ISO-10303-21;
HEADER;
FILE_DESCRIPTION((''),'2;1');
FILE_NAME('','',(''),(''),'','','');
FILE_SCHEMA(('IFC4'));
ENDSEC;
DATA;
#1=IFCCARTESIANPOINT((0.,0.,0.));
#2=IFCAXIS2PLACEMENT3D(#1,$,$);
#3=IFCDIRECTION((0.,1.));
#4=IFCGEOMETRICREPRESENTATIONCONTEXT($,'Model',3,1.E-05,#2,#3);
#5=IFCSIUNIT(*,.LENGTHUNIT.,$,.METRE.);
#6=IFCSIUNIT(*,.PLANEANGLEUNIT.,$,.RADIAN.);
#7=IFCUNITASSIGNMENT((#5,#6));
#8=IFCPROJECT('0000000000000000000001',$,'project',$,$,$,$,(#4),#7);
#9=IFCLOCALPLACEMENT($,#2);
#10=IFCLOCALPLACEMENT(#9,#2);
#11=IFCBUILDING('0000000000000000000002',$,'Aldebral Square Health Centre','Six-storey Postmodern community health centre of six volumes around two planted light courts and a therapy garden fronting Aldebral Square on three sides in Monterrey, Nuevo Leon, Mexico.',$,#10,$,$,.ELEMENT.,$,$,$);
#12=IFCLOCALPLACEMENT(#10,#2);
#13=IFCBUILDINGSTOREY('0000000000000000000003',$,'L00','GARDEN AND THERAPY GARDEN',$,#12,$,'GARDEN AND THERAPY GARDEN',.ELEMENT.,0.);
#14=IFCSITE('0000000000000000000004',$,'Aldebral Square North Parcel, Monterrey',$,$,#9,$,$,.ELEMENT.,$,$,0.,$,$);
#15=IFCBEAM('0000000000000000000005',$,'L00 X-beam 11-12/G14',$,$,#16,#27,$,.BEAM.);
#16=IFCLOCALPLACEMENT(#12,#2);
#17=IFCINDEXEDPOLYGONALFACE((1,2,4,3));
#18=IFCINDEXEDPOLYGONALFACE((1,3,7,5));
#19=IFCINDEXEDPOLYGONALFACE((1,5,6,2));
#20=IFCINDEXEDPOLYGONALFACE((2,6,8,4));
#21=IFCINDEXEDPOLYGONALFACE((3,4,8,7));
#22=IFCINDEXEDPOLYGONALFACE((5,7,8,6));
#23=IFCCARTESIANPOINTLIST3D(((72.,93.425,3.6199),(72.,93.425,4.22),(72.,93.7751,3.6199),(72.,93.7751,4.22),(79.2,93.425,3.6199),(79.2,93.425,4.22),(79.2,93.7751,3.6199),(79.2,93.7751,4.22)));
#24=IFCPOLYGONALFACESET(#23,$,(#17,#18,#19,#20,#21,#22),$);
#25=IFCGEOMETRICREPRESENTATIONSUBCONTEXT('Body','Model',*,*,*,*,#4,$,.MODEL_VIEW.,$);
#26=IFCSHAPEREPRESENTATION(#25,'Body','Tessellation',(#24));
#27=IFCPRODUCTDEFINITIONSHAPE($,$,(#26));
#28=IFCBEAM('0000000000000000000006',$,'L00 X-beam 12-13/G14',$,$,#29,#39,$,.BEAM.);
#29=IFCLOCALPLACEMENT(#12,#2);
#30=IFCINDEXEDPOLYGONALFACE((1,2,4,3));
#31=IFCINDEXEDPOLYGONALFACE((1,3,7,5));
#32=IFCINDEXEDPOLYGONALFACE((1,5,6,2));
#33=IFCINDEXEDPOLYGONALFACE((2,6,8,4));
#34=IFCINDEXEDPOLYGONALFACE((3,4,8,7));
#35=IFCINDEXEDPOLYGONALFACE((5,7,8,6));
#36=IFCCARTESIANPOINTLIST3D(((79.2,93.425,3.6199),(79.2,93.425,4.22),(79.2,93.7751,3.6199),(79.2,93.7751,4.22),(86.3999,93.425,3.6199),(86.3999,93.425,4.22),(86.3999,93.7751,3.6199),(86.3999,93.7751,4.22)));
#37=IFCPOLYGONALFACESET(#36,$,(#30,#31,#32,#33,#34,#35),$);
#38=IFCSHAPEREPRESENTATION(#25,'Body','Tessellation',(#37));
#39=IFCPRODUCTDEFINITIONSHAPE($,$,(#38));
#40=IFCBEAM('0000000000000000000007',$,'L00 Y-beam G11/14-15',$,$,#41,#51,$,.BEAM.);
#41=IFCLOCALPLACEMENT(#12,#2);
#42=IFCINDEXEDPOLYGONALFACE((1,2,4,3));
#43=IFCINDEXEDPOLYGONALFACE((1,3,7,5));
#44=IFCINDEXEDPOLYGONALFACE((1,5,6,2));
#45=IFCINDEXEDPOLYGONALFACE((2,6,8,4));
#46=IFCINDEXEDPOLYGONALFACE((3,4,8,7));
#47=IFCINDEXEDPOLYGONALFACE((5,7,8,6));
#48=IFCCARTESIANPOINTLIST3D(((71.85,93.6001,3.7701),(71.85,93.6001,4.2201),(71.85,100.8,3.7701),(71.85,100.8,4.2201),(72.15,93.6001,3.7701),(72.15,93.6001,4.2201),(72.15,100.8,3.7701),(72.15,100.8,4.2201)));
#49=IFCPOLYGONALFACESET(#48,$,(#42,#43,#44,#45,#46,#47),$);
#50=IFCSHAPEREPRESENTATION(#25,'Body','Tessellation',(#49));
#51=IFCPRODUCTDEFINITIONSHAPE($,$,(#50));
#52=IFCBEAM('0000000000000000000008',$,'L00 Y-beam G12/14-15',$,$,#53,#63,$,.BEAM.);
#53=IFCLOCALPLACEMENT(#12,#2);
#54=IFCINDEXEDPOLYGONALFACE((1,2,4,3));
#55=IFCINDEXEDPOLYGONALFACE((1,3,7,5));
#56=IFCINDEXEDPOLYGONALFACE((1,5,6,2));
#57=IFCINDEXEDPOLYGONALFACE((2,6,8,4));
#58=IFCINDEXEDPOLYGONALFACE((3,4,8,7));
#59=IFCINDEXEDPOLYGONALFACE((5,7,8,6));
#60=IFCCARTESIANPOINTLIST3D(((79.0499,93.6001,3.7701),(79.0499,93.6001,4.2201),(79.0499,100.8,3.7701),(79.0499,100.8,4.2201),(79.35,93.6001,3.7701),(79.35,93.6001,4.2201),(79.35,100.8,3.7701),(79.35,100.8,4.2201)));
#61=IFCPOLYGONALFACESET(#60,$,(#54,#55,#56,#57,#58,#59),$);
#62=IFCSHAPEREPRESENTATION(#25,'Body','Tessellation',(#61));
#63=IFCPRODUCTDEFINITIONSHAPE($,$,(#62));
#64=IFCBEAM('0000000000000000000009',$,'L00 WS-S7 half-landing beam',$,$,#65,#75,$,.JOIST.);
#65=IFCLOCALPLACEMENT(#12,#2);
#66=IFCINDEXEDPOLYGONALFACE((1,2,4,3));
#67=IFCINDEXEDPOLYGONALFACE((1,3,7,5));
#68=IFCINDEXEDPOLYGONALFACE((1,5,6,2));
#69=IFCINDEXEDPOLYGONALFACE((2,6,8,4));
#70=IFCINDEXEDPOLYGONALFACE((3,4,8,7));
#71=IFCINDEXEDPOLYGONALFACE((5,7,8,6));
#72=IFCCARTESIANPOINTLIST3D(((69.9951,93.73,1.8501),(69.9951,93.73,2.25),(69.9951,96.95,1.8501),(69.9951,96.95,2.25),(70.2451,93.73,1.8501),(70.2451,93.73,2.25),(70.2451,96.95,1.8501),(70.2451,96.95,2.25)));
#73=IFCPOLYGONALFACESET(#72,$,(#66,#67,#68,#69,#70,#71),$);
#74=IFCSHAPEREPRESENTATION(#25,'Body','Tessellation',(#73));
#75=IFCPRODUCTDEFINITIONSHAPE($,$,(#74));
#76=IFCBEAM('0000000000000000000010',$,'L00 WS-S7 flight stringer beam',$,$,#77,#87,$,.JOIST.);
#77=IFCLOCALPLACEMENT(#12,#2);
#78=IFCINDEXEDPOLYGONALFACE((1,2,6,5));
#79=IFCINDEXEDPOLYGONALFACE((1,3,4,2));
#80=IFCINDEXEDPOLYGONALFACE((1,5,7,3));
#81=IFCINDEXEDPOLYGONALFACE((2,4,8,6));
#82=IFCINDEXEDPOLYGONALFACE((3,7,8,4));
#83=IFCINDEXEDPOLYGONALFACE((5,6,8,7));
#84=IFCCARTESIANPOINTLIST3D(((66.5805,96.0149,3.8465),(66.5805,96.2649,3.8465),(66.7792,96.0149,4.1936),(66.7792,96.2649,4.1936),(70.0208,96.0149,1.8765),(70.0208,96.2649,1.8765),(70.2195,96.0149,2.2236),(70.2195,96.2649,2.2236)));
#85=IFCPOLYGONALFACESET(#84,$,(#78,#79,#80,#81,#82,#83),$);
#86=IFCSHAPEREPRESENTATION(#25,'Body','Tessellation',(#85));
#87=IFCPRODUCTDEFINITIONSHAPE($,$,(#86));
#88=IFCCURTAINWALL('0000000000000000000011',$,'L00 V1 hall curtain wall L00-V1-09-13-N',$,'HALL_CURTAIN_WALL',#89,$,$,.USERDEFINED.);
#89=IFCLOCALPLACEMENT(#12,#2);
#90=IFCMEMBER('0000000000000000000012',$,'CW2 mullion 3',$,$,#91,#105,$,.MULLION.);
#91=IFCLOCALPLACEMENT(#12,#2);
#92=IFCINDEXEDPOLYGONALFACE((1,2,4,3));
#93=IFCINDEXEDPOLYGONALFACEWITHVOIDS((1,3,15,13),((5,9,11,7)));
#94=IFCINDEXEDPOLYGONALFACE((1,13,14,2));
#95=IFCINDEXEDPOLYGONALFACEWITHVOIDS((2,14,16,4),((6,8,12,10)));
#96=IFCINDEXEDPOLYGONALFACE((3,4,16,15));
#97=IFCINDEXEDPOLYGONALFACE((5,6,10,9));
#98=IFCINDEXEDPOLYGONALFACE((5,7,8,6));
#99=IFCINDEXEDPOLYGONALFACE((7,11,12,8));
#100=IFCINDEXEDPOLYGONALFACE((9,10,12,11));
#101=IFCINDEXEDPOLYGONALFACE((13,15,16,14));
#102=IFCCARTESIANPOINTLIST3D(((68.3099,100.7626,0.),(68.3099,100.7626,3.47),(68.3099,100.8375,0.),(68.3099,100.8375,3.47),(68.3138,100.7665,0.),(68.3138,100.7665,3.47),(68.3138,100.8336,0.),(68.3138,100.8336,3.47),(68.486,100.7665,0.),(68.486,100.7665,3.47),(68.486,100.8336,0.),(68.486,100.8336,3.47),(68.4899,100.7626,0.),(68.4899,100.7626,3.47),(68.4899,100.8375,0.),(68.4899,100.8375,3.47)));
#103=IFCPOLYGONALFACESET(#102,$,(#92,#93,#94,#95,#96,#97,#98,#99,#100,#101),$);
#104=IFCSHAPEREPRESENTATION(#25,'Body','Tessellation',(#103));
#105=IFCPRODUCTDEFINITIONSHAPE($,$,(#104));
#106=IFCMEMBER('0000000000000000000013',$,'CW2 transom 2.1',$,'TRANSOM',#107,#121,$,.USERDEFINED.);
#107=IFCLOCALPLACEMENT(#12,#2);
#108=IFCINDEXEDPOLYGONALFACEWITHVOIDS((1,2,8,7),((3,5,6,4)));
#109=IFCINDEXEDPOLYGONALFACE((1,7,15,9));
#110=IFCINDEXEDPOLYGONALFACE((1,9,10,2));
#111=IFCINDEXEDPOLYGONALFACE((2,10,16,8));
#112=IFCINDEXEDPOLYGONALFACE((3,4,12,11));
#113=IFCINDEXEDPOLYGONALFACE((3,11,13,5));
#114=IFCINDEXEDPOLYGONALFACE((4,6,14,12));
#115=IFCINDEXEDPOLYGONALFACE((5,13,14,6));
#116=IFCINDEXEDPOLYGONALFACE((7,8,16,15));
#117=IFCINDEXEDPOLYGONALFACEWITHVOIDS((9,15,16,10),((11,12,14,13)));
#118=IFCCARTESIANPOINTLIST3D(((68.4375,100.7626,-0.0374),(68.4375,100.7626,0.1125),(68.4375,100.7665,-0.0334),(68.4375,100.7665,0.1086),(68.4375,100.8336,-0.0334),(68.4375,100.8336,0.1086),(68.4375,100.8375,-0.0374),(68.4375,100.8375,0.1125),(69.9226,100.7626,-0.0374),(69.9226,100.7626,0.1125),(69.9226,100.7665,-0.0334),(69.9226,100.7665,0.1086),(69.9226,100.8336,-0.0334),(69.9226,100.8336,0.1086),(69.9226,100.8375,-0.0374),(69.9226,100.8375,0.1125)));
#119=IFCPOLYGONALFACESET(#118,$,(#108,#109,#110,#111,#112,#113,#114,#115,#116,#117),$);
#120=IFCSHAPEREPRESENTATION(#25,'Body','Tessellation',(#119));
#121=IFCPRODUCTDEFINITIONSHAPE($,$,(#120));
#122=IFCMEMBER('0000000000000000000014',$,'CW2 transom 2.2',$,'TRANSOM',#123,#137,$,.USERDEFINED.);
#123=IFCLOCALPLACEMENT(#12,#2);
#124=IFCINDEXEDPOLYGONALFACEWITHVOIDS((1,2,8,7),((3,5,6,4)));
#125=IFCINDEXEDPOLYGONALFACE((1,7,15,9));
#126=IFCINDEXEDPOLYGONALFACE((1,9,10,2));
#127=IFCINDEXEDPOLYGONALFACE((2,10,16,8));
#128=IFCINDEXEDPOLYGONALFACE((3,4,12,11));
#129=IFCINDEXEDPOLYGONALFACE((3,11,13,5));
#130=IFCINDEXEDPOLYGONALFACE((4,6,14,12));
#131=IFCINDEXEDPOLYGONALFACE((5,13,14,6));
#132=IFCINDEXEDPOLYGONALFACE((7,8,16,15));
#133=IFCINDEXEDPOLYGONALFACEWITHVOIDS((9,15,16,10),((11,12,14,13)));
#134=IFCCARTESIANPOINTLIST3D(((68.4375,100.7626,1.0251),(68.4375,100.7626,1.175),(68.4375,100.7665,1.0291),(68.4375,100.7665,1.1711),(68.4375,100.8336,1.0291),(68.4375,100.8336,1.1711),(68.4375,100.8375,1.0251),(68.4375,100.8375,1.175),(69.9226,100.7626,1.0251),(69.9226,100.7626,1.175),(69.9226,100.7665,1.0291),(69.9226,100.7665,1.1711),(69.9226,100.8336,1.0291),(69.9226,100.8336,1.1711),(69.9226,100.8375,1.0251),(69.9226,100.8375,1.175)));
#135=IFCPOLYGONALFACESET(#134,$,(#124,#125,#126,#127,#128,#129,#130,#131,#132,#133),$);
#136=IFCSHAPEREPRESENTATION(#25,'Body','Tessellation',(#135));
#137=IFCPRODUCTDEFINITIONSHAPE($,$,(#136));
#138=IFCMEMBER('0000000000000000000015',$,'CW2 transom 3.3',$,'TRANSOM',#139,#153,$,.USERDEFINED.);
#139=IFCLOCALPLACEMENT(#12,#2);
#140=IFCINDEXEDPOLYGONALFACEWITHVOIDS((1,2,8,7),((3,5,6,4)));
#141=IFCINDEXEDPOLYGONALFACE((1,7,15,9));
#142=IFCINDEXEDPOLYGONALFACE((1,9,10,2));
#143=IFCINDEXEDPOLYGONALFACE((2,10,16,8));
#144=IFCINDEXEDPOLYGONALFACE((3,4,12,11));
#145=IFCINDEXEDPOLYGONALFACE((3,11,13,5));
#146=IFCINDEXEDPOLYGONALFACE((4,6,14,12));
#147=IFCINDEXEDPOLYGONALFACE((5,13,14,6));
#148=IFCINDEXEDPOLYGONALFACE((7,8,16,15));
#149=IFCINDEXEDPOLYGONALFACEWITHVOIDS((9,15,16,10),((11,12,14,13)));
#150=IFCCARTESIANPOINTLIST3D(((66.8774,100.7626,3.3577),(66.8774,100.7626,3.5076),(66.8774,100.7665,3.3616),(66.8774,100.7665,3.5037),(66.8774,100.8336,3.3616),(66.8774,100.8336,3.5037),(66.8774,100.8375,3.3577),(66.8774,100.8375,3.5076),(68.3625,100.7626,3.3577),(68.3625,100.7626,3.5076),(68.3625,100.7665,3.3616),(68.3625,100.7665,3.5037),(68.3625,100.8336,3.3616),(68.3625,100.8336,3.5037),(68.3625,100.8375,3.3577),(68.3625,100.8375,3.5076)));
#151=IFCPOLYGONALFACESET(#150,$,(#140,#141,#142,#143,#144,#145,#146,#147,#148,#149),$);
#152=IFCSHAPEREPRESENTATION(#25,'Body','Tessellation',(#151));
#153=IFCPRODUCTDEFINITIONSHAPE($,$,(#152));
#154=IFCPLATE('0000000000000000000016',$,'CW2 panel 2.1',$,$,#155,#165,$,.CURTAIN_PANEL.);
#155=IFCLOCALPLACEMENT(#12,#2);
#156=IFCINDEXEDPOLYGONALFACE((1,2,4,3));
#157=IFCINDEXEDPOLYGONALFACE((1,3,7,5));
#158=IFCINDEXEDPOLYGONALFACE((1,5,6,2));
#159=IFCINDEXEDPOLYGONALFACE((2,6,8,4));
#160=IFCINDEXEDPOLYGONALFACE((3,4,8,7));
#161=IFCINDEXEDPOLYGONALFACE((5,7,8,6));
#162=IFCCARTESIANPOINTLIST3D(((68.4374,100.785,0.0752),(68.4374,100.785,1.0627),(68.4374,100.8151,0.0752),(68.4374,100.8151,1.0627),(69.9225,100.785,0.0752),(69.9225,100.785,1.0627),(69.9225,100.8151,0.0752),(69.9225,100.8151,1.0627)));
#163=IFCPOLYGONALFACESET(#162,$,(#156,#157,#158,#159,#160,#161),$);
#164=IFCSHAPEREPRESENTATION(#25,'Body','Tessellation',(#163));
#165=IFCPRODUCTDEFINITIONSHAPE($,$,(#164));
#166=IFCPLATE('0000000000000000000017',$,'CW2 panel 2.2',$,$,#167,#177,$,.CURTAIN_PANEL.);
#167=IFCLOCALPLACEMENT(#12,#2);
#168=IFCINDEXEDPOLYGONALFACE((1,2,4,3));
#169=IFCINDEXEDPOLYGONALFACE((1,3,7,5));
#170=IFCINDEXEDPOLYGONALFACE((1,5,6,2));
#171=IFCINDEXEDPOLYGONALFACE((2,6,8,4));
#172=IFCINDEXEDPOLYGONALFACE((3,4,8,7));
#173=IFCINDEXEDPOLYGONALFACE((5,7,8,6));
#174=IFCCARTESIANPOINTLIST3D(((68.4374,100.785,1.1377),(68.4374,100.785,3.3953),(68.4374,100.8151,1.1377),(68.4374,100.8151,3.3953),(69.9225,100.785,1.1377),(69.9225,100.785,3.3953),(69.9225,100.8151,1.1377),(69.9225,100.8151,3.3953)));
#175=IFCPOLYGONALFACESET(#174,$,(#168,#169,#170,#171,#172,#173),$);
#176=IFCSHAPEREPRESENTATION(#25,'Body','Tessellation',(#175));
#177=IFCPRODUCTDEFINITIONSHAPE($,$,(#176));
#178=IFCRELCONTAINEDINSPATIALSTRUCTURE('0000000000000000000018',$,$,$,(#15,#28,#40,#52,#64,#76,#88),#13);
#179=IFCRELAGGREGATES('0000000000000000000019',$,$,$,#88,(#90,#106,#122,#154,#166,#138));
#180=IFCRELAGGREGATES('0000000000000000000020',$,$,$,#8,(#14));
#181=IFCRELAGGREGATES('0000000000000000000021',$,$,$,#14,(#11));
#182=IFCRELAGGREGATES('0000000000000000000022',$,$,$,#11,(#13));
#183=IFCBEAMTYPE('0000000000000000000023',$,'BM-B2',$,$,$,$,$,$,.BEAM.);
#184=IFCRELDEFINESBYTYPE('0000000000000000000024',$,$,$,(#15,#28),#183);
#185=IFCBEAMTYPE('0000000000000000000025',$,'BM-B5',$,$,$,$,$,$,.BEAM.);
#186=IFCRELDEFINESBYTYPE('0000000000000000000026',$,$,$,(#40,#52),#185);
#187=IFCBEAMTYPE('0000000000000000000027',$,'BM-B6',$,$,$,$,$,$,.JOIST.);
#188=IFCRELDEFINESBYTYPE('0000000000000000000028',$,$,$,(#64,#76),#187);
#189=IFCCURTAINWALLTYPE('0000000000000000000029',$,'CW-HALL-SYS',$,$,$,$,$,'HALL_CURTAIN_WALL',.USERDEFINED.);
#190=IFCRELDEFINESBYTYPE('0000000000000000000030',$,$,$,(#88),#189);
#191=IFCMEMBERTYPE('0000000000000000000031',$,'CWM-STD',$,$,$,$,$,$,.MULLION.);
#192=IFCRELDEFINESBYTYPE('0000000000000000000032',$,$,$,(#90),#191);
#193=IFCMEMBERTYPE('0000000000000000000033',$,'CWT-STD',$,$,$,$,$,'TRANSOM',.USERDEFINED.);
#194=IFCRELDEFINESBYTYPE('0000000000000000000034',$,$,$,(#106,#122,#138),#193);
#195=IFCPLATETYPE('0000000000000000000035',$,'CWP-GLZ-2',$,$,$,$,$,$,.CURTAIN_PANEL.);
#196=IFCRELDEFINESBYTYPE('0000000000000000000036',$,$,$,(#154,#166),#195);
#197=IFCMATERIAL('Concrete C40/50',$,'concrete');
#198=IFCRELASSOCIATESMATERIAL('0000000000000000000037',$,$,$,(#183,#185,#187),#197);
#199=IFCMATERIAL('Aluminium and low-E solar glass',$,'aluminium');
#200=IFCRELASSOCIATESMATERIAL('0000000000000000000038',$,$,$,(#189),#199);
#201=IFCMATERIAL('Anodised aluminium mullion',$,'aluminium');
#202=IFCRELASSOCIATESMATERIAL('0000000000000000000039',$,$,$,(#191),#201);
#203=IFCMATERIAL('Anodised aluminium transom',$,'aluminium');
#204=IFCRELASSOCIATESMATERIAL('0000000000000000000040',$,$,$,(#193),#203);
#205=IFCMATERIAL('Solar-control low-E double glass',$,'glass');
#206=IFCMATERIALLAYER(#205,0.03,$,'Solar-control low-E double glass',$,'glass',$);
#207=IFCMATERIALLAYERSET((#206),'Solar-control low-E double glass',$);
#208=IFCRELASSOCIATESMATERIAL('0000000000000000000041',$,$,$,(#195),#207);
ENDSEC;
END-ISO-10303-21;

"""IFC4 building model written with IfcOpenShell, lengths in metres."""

from ifc_helpers import new_model, si_unit, direction, frame, origin, origin_2d, place, context, subcontext, project, spatial, rectangle, hollow_rectangle, extrude, material, layer, layer_set, material_profile, profile_set, type_object, element, aggregate, save


model = new_model("IFC4")

# Units and contexts
model_context = context("Model", 3, precision=1e-05, world=origin(), true_north=direction((0.0, 1.0)))
body_context = subcontext(model_context, "Body", "Model", "MODEL_VIEW")
ifc_project = project(units=[si_unit("LENGTHUNIT", "METRE"), si_unit("PLANEANGLEUNIT", "RADIAN")], contexts=[model_context])

# Site, building, storey
site_placement = place(None, origin())
site = spatial("IfcSite", under=ifc_project, at=site_placement, Name="Aldebral Square North Parcel, Monterrey", CompositionType="ELEMENT", RefElevation=0.0)
building_placement = place(site_placement, origin())
building = spatial("IfcBuilding", under=site, at=building_placement, Name="Aldebral Square Health Centre", Description="Six-storey Postmodern community health centre of six volumes around two planted light courts and a therapy garden fronting Aldebral Square on three sides in Monterrey, Nuevo Leon, Mexico.", CompositionType="ELEMENT")
storey_placement = place(building_placement, origin())
storey = spatial("IfcBuildingStorey", under=building, at=storey_placement, Name="L00", Description="GARDEN AND THERAPY GARDEN", LongName="GARDEN AND THERAPY GARDEN", CompositionType="ELEMENT", Elevation=0.0)

# Shared definitions
ifc_material_1 = material(Name="Concrete C40/50", Category="concrete")

# Beams
ifc_material_profile_1 = material_profile(ifc_material_1, rectangle(XDim=0.3501, YDim=0.6001, at=origin_2d()), Name="RC 350x600")
ifc_profile_set_1 = profile_set([ifc_material_profile_1], Name="Concrete C40/50")
beam_type_1 = type_object("IfcBeamType", Name="BM-B2", PredefinedType="BEAM", material=ifc_profile_set_1)
for number, where, z_axis, x_axis, name in (
    (1, (72.0, 93.6001, 3.9199), (1.0, 0.0, 0.0), (0.0, 1.0, 0.0), "L00 X-beam 11-12/G14"),
    (2, (79.2, 93.6001, 3.9199), (1.0, 0.0, 0.0), (0.0, 1.0, 0.0), "L00 X-beam 12-13/G14"),
):
    element("IfcBeam", number, at=place(storey_placement, frame(where, z_axis=z_axis, x_axis=x_axis)), inside=storey, type_object=beam_type_1, Name=name, PredefinedType="BEAM", context=body_context, shape_type="SweptSolid", body=[
        extrude(rectangle(XDim=0.3501, YDim=0.6001, at=origin_2d()), origin(), (0.0, 0.0, 1.0), 7.2),
    ])
ifc_material_profile_2 = material_profile(ifc_material_1, rectangle(XDim=0.3, YDim=0.45, at=origin_2d()), Name="RC 300x450")
ifc_profile_set_2 = profile_set([ifc_material_profile_2], Name="Concrete C40/50")
beam_type_2 = type_object("IfcBeamType", Name="BM-B5", PredefinedType="BEAM", material=ifc_profile_set_2)
for number, where, z_axis, x_axis, name in (
    (3, (72.0, 93.6001, 3.9951), (0.0, 1.0, 0.0), (-1.0, 0.0, 0.0), "L00 Y-beam G11/14-15"),
    (4, (79.2, 93.6001, 3.9951), (0.0, 1.0, 0.0), (-1.0, 0.0, 0.0), "L00 Y-beam G12/14-15"),
):
    element("IfcBeam", number, at=place(storey_placement, frame(where, z_axis=z_axis, x_axis=x_axis)), inside=storey, type_object=beam_type_2, Name=name, PredefinedType="BEAM", context=body_context, shape_type="SweptSolid", body=[
        extrude(rectangle(XDim=0.3, YDim=0.45, at=origin_2d()), origin(), (0.0, 0.0, 1.0), 7.2),
    ])
ifc_material_profile_3 = material_profile(ifc_material_1, rectangle(XDim=0.25, YDim=0.3999, at=origin_2d()), Name="RC 250x400")
ifc_profile_set_3 = profile_set([ifc_material_profile_3], Name="Concrete C40/50")
beam_type_3 = type_object("IfcBeamType", Name="BM-B6", PredefinedType="JOIST", material=ifc_profile_set_3)
beam_1_placement = place(storey_placement, frame((70.1201, 93.73, 2.05), z_axis=(0.0, 1.0, 0.0), x_axis=(-1.0, 0.0, 0.0)))
element("IfcBeam", 5, at=beam_1_placement, inside=storey, type_object=beam_type_3, Name="L00 WS-S7 half-landing beam", PredefinedType="JOIST", context=body_context, shape_type="SweptSolid", body=[
    extrude(rectangle(XDim=0.25, YDim=0.3999, at=origin_2d()), origin(), (0.0, 0.0, 1.0), 3.22),
])
beam_2_placement = place(storey_placement, frame((70.1201, 96.1399, 2.05), z_axis=(-0.867792, 0.0, 0.496928), x_axis=(0.0, -1.0, 0.0)))
element("IfcBeam", 6, at=beam_2_placement, inside=storey, type_object=beam_type_3, Name="L00 WS-S7 flight stringer beam", PredefinedType="JOIST", context=body_context, shape_type="SweptSolid", body=[
    extrude(rectangle(XDim=0.25, YDim=0.3999, at=origin_2d()), origin(), (0.0, 0.0, 1.0), 3.9644),
])

# Curtain wall, members, plates
ifc_material_2 = material(Name="Aluminium and low-E solar glass", Category="aluminium")
curtain_wall_type = type_object("IfcCurtainWallType", Name="CW-HALL-SYS", ElementType="HALL_CURTAIN_WALL", PredefinedType="USERDEFINED", material=ifc_material_2)
curtain_wall_placement = place(storey_placement, origin())
curtain_wall = element("IfcCurtainWall", 7, at=curtain_wall_placement, inside=storey, type_object=curtain_wall_type, Name="L00 V1 hall curtain wall L00-V1-09-13-N", ObjectType="HALL_CURTAIN_WALL", PredefinedType="USERDEFINED")
ifc_material_3 = material(Name="Anodised aluminium mullion", Category="aluminium")
ifc_material_profile_4 = material_profile(ifc_material_3, hollow_rectangle(XDim=0.075, YDim=0.1799, WallThickness=0.0039, at=origin_2d()), Name="CWM 75x180x4")
ifc_profile_set_4 = profile_set([ifc_material_profile_4], Name="Anodised aluminium mullion")
member_type_1 = type_object("IfcMemberType", Name="CWM-STD", PredefinedType="MULLION", material=ifc_profile_set_4)
member_1_placement = place(storey_placement, frame((68.3999, 100.8, 0.0), z_axis=(0.0, 0.0, 1.0), x_axis=(0.0, -1.0, 0.0)))
member_1 = element("IfcMember", 8, at=member_1_placement, type_object=member_type_1, Name="CW2 mullion 3", PredefinedType="MULLION", context=body_context, shape_type="SweptSolid", body=[
    extrude(hollow_rectangle(XDim=0.075, YDim=0.1799, WallThickness=0.0039, at=origin_2d()), origin(), (0.0, 0.0, 1.0), 3.47),
])
ifc_material_4 = material(Name="Anodised aluminium transom", Category="aluminium")
ifc_material_profile_5 = material_profile(ifc_material_4, hollow_rectangle(XDim=0.075, YDim=0.1499, WallThickness=0.0039, at=origin_2d()), Name="CWT 75x150x4")
ifc_profile_set_5 = profile_set([ifc_material_profile_5], Name="Anodised aluminium transom")
member_type_2 = type_object("IfcMemberType", Name="CWT-STD", ElementType="TRANSOM", PredefinedType="USERDEFINED", material=ifc_profile_set_5)
member_2_placement = place(storey_placement, frame((69.9226, 100.8, 0.0376), z_axis=(-1.0, 0.0, 0.0), x_axis=(0.0, -1.0, 0.0)))
member_2 = element("IfcMember", 9, at=member_2_placement, type_object=member_type_2, Name="CW2 transom 2.1", ObjectType="TRANSOM", PredefinedType="USERDEFINED", context=body_context, shape_type="SweptSolid", body=[
    extrude(hollow_rectangle(XDim=0.075, YDim=0.1499, WallThickness=0.0039, at=origin_2d()), origin(), (0.0, 0.0, 1.0), 1.4851),
])
member_3_placement = place(storey_placement, frame((69.9226, 100.8, 1.1001), z_axis=(-1.0, 0.0, 0.0), x_axis=(0.0, -1.0, 0.0)))
member_3 = element("IfcMember", 10, at=member_3_placement, type_object=member_type_2, Name="CW2 transom 2.2", ObjectType="TRANSOM", PredefinedType="USERDEFINED", context=body_context, shape_type="SweptSolid", body=[
    extrude(hollow_rectangle(XDim=0.075, YDim=0.1499, WallThickness=0.0039, at=origin_2d()), origin(), (0.0, 0.0, 1.0), 1.4851),
])
member_4_placement = place(storey_placement, frame((68.3625, 100.8, 3.4326), z_axis=(-1.0, 0.0, 0.0), x_axis=(0.0, -1.0, 0.0)))
member_4 = element("IfcMember", 11, at=member_4_placement, type_object=member_type_2, Name="CW2 transom 3.3", ObjectType="TRANSOM", PredefinedType="USERDEFINED", context=body_context, shape_type="SweptSolid", body=[
    extrude(hollow_rectangle(XDim=0.075, YDim=0.1499, WallThickness=0.0039, at=origin_2d()), origin(), (0.0, 0.0, 1.0), 1.4851),
])
ifc_material_5 = material(Name="Solar-control low-E double glass", Category="glass")
ifc_layer_1 = layer(ifc_material_5, 0.03, Name="Solar-control low-E double glass", Category="glass")
ifc_layer_set_1 = layer_set([ifc_layer_1], Name="Solar-control low-E double glass")
plate_type = type_object("IfcPlateType", Name="CWP-GLZ-2", PredefinedType="CURTAIN_PANEL", material=ifc_layer_set_1)
plate_1_placement = place(storey_placement, frame((69.1799, 100.8, 0.0752), z_axis=(0.0, 0.0, 1.0), x_axis=(-1.0, 0.0, 0.0)))
plate_1 = element("IfcPlate", 12, at=plate_1_placement, type_object=plate_type, Name="CW2 panel 2.1", PredefinedType="CURTAIN_PANEL", context=body_context, shape_type="SweptSolid", body=[
    extrude(rectangle(XDim=1.4851, YDim=0.03, at=origin_2d()), origin(), (0.0, 0.0, 1.0), 0.9875),
])
plate_2_placement = place(storey_placement, frame((69.1799, 100.8, 1.1377), z_axis=(0.0, 0.0, 1.0), x_axis=(-1.0, 0.0, 0.0)))
plate_2 = element("IfcPlate", 13, at=plate_2_placement, type_object=plate_type, Name="CW2 panel 2.2", PredefinedType="CURTAIN_PANEL", context=body_context, shape_type="SweptSolid", body=[
    extrude(rectangle(XDim=1.4851, YDim=0.03, at=origin_2d()), origin(), (0.0, 0.0, 1.0), 2.2576),
])
aggregate(curtain_wall, [member_1, member_2, member_3, plate_1, plate_2, member_4])

save(model, "model.ifc")
